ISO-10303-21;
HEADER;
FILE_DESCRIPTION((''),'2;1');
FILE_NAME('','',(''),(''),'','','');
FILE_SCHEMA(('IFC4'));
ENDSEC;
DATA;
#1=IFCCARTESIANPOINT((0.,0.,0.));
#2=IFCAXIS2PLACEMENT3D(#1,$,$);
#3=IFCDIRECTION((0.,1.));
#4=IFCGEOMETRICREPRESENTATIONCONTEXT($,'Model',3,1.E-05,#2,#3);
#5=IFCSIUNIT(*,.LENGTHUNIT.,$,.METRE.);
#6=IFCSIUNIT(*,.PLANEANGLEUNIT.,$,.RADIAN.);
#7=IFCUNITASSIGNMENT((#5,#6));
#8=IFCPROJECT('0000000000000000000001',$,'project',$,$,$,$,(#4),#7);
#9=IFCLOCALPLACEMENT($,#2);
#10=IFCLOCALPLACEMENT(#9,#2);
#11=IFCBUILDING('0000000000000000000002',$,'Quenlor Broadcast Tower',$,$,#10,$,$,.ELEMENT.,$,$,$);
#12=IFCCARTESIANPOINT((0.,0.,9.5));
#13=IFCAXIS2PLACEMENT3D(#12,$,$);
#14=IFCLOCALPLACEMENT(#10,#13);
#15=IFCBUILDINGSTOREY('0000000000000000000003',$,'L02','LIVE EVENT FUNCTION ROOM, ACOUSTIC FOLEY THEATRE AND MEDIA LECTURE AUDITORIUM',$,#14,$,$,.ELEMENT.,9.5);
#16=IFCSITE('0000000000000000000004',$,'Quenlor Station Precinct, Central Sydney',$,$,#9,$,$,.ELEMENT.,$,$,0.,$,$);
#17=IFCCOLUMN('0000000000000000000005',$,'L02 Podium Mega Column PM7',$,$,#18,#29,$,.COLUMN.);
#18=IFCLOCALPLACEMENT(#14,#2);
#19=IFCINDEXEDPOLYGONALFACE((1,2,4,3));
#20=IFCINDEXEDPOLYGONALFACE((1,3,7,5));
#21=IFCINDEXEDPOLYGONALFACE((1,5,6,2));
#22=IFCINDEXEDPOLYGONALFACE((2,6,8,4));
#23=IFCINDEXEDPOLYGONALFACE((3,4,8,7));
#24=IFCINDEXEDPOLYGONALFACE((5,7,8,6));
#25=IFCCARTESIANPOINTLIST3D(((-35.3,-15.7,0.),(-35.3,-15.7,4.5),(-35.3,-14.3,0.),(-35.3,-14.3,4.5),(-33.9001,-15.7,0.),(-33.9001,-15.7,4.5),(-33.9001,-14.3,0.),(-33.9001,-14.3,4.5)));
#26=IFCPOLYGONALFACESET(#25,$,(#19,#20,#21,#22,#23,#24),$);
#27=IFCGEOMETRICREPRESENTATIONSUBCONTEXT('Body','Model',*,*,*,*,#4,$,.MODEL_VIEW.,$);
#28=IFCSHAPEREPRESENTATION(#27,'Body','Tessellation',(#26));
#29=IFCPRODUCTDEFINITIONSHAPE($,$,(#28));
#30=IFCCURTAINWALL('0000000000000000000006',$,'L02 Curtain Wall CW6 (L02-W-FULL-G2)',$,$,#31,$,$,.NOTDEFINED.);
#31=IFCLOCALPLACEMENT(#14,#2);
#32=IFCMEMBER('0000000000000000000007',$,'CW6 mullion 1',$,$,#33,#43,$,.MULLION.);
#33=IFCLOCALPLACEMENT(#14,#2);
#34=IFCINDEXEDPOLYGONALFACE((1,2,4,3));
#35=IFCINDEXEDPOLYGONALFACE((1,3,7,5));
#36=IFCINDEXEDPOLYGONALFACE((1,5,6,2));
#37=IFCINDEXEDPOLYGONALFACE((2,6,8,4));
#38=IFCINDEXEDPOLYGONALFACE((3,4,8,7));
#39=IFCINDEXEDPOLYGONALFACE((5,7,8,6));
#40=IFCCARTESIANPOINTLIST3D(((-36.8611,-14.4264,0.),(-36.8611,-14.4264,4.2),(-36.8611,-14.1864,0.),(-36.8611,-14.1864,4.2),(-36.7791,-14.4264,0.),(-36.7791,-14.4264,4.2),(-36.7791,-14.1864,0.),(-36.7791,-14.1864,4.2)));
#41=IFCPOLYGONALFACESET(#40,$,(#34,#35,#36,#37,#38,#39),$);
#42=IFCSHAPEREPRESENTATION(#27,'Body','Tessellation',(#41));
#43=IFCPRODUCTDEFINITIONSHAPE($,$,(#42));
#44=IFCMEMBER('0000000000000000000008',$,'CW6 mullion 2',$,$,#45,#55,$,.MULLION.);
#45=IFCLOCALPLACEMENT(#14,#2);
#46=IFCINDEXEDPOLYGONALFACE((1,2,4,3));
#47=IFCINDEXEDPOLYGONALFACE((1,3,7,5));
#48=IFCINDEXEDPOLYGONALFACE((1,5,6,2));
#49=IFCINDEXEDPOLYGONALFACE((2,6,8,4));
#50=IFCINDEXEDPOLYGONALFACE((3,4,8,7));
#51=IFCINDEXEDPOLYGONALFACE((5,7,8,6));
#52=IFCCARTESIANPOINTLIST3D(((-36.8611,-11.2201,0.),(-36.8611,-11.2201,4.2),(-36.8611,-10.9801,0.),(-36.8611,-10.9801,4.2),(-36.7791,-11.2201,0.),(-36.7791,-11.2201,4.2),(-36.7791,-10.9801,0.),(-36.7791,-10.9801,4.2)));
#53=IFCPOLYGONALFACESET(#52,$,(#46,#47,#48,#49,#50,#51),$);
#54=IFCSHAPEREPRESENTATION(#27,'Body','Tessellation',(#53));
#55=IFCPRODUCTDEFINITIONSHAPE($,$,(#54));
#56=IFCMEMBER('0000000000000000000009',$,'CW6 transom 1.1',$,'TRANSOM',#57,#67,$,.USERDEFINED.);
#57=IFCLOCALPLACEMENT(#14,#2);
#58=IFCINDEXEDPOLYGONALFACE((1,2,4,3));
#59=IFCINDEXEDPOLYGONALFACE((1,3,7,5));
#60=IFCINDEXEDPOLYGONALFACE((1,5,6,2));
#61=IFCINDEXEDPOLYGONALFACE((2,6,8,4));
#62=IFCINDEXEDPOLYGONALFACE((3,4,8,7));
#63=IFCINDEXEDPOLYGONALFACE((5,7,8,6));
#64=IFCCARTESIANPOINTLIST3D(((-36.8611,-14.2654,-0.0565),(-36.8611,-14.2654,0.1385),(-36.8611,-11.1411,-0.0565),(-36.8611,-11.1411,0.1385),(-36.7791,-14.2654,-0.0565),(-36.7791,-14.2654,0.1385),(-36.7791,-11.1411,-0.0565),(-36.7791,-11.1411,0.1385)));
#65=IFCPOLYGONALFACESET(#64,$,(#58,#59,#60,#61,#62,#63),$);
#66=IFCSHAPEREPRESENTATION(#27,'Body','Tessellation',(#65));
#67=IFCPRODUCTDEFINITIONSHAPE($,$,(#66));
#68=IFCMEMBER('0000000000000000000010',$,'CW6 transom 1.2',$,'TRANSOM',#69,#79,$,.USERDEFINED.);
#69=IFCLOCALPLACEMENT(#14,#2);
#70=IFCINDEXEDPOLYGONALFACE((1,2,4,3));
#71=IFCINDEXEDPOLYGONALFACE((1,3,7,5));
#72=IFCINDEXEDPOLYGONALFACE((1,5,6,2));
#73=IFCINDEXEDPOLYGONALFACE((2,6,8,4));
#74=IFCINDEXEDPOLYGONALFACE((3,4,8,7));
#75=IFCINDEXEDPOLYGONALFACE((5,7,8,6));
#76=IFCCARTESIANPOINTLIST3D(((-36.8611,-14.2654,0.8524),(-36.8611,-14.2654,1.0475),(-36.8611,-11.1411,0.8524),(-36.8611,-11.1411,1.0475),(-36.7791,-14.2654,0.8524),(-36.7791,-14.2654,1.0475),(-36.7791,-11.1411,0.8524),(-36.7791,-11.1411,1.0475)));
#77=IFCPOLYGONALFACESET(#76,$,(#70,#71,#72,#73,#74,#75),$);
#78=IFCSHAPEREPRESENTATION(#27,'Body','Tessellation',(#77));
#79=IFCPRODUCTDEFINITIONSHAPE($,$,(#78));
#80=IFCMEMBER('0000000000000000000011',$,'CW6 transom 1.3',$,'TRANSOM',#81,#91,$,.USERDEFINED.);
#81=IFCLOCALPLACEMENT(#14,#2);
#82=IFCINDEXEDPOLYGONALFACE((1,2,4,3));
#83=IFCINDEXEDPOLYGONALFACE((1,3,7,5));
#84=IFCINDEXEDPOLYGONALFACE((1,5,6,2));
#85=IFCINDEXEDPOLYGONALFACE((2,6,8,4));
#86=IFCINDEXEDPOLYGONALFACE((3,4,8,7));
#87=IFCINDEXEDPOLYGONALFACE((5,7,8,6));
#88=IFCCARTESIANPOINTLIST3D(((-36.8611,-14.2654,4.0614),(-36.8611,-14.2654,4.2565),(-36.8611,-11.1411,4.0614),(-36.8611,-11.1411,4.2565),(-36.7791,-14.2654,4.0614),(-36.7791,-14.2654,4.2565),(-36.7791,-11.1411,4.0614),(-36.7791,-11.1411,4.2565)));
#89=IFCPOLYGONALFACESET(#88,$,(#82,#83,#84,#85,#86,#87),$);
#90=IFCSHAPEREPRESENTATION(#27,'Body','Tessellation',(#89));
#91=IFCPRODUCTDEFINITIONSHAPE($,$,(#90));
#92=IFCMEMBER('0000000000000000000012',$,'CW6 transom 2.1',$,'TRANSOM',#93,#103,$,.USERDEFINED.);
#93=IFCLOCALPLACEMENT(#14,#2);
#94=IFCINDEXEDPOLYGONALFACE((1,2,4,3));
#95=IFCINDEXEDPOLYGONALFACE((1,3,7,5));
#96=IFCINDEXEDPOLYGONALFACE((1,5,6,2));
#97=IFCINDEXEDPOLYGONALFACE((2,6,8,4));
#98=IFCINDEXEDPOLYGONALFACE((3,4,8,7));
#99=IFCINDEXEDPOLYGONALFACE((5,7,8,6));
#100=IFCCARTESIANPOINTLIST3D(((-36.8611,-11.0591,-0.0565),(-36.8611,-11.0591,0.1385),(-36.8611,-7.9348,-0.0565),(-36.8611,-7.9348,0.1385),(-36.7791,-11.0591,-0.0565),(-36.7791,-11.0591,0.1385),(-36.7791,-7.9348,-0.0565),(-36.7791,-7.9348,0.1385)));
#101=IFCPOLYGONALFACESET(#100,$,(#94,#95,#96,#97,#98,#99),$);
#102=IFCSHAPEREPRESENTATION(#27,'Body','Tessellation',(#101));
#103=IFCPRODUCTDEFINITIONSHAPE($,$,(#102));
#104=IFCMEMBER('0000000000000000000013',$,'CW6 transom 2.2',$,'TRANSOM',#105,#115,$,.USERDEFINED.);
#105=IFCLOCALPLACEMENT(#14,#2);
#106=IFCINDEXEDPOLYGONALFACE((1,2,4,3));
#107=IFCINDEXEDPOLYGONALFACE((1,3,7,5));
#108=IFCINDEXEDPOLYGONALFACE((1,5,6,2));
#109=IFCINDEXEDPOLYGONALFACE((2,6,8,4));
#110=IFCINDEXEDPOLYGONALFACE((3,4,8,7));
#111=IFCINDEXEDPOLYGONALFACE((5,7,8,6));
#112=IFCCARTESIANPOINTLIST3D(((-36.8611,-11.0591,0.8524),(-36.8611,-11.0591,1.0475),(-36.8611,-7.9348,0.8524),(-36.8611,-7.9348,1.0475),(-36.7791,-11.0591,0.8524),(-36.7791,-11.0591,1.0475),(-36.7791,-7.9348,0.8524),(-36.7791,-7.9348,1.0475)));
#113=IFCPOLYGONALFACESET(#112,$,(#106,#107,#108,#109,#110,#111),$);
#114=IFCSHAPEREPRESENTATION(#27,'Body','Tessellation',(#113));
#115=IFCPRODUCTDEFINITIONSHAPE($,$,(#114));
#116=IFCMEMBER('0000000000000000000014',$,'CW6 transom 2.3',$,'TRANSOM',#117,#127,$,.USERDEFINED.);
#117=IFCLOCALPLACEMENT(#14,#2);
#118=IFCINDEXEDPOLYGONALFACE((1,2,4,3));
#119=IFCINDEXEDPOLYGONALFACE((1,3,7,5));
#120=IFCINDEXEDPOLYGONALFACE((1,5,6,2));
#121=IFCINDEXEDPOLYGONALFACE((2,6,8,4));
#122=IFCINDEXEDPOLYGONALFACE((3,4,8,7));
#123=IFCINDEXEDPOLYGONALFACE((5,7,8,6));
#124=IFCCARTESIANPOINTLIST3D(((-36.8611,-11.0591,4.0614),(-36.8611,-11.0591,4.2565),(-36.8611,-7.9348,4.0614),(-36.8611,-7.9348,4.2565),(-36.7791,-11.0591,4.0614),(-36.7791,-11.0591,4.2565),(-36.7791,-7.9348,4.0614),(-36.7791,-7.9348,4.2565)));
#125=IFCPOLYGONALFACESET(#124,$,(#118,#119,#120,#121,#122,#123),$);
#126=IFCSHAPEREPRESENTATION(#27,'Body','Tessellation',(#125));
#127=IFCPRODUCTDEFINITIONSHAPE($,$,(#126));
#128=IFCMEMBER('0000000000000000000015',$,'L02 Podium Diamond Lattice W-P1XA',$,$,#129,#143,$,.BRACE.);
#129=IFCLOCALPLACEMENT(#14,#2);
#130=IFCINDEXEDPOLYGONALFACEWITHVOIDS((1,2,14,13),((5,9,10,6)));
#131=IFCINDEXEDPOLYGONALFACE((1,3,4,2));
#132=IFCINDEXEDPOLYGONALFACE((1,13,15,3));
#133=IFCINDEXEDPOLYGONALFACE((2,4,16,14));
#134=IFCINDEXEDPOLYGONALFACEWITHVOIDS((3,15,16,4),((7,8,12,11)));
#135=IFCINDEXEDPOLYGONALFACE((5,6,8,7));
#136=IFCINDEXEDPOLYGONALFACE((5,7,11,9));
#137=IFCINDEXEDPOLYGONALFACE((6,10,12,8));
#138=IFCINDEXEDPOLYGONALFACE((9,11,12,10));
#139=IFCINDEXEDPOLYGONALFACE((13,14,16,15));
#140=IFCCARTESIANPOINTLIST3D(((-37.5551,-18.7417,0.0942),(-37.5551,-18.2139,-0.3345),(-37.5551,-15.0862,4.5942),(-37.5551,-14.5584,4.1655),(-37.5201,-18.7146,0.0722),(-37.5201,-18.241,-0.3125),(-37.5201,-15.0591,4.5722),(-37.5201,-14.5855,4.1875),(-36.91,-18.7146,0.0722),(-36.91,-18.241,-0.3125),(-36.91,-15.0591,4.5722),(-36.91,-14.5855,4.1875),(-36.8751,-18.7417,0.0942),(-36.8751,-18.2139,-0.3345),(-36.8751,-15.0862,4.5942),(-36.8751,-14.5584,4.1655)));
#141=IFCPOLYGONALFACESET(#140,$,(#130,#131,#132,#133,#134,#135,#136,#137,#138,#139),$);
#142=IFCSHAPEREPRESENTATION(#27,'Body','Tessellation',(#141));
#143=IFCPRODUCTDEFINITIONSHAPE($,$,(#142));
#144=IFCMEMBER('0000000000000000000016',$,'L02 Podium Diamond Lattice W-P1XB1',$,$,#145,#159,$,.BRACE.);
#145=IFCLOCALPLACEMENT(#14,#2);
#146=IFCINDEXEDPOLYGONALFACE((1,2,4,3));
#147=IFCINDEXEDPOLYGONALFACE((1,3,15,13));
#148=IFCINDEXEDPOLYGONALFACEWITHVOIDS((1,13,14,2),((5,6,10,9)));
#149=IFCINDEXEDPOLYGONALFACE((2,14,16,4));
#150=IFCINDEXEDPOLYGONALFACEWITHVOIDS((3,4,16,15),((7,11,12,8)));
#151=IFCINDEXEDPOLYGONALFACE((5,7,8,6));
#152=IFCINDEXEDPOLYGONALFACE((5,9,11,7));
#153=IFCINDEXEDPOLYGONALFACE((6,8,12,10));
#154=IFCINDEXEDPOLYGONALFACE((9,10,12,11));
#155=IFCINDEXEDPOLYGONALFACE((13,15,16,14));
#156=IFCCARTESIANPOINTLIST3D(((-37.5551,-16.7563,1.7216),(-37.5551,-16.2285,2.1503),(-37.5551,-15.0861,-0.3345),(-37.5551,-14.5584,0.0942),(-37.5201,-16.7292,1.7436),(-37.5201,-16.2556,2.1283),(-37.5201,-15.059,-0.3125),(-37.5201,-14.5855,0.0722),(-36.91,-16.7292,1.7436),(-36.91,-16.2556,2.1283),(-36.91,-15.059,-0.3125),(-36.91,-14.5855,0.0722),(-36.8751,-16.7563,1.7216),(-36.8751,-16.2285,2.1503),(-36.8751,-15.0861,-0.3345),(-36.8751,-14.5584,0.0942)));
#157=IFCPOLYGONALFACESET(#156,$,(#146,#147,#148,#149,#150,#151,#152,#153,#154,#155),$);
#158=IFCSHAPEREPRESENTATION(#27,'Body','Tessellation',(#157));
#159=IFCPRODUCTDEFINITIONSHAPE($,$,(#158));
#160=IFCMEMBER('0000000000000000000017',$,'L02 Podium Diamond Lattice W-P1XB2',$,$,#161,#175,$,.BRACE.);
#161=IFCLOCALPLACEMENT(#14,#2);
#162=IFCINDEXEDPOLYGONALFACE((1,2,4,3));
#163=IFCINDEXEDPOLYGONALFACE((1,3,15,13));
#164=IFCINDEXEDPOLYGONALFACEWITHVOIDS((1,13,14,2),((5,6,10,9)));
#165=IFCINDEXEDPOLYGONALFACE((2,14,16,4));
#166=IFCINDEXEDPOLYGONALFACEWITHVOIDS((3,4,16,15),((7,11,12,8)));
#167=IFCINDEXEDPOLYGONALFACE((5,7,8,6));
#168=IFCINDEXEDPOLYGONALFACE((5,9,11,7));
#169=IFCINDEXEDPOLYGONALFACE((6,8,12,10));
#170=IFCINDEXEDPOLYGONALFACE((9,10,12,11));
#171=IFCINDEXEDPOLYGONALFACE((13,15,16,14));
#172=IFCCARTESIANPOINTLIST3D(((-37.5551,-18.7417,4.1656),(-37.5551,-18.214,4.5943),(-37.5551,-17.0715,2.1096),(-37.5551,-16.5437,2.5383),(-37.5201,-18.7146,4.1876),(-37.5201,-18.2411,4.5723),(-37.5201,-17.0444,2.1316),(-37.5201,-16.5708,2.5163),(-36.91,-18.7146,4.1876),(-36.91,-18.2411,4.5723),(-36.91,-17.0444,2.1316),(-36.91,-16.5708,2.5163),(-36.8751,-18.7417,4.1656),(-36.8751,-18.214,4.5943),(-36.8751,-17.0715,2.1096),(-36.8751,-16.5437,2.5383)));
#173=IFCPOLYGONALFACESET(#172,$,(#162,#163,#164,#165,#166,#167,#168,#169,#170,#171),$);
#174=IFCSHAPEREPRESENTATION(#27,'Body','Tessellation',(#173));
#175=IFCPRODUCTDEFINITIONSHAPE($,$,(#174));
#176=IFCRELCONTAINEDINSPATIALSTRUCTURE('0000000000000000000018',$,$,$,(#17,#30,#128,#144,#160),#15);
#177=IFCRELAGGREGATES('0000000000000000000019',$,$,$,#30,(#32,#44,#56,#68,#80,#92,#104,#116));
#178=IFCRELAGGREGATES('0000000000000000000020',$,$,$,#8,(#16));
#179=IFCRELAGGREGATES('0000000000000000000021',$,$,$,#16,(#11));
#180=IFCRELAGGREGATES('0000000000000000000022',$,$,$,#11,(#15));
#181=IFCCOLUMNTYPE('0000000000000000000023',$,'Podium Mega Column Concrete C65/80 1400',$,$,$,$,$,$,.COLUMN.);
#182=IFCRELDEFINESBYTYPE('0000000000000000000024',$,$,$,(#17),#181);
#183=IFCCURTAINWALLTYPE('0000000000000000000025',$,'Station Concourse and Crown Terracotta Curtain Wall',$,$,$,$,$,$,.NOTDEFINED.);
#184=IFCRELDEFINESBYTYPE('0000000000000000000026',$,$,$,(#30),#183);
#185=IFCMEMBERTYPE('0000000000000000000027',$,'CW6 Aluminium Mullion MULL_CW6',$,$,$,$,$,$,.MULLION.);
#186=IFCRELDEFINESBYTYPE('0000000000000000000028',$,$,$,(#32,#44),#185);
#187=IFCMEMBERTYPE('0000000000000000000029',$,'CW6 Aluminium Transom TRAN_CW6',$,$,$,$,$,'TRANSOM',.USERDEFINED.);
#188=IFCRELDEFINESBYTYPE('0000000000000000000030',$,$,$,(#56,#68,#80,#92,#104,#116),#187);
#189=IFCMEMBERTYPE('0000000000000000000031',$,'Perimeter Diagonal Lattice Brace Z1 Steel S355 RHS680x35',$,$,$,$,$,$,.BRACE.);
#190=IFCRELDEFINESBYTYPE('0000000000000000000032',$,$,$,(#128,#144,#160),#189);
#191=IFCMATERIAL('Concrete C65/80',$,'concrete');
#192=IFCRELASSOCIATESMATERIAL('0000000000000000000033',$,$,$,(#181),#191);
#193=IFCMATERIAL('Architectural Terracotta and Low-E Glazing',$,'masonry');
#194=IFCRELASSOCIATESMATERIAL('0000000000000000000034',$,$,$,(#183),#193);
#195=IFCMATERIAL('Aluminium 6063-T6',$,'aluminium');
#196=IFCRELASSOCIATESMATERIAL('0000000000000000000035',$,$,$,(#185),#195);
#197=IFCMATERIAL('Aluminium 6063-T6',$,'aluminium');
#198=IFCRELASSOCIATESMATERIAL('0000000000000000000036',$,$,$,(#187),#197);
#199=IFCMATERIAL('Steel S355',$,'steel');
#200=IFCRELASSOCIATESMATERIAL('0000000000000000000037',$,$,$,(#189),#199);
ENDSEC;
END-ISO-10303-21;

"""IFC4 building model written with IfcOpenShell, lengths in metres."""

from ifc_helpers import new_model, si_unit, direction, frame, origin, origin_2d, place, context, subcontext, project, spatial, rectangle, hollow_rectangle, extrude, material, material_profile, profile_set, type_object, element, aggregate, save


model = new_model("IFC4")

# Units and contexts
model_context = context("Model", 3, precision=1e-05, world=origin(), true_north=direction((0.0, 1.0)))
body_context = subcontext(model_context, "Body", "Model", "MODEL_VIEW")
ifc_project = project(units=[si_unit("LENGTHUNIT", "METRE"), si_unit("PLANEANGLEUNIT", "RADIAN")], contexts=[model_context])

# Site, building, storey
site_placement = place(None, origin())
site = spatial("IfcSite", under=ifc_project, at=site_placement, Name="Quenlor Station Precinct, Central Sydney", CompositionType="ELEMENT", RefElevation=0.0)
building_placement = place(site_placement, origin())
building = spatial("IfcBuilding", under=site, at=building_placement, Name="Quenlor Broadcast Tower", CompositionType="ELEMENT")
storey_placement = place(building_placement, frame((0.0, 0.0, 9.5)))
storey = spatial("IfcBuildingStorey", under=building, at=storey_placement, Name="L02", Description="LIVE EVENT FUNCTION ROOM, ACOUSTIC FOLEY THEATRE AND MEDIA LECTURE AUDITORIUM", CompositionType="ELEMENT", Elevation=9.5)

# Column
ifc_material_1 = material(Name="Concrete C65/80", Category="concrete")
ifc_material_profile_1 = material_profile(ifc_material_1, rectangle(XDim=1.3999, YDim=1.3999, at=origin_2d()))
ifc_profile_set_1 = profile_set([ifc_material_profile_1], Name="Concrete C65/80 RC1400x1400")
column_type = type_object("IfcColumnType", Name="Podium Mega Column Concrete C65/80 1400", PredefinedType="COLUMN", material=ifc_profile_set_1)
column_placement = place(storey_placement, frame((-34.6001, -15.0, 0.0), z_axis=(0.0, 0.0, 1.0), x_axis=(1.0, 0.0, 0.0)))
element("IfcColumn", 1, at=column_placement, inside=storey, type_object=column_type, Name="L02 Podium Mega Column PM7", PredefinedType="COLUMN", context=body_context, shape_type="SweptSolid", body=[
    extrude(rectangle(XDim=1.3999, YDim=1.3999, at=origin_2d()), origin(), (0.0, 0.0, 1.0), 4.5),
])

# Curtain wall, members
ifc_material_2 = material(Name="Architectural Terracotta and Low-E Glazing", Category="masonry")
curtain_wall_type = type_object("IfcCurtainWallType", Name="Station Concourse and Crown Terracotta Curtain Wall", PredefinedType="NOTDEFINED", material=ifc_material_2)
curtain_wall_placement = place(storey_placement, origin())
curtain_wall = element("IfcCurtainWall", 2, at=curtain_wall_placement, inside=storey, type_object=curtain_wall_type, Name="L02 Curtain Wall CW6 (L02-W-FULL-G2)", PredefinedType="NOTDEFINED")
ifc_material_3 = material(Name="Aluminium 6063-T6", Category="aluminium")
ifc_material_profile_2 = material_profile(ifc_material_3, rectangle(XDim=0.082, YDim=0.24, at=origin_2d()))
ifc_profile_set_2 = profile_set([ifc_material_profile_2], Name="Aluminium 6063-T6 MULL82x240")
member_type_1 = type_object("IfcMemberType", Name="CW6 Aluminium Mullion MULL_CW6", PredefinedType="MULLION", material=ifc_profile_set_2)
member_1_placement = place(storey_placement, frame((-36.8201, -14.3064, 0.0), z_axis=(0.0, 0.0, 1.0), x_axis=(-1.0, 0.0, 0.0)))
member_1 = element("IfcMember", 3, at=member_1_placement, type_object=member_type_1, Name="CW6 mullion 1", PredefinedType="MULLION", context=body_context, shape_type="SweptSolid", body=[
    extrude(rectangle(XDim=0.082, YDim=0.24, at=origin_2d()), origin(), (0.0, 0.0, 1.0), 4.2),
])
member_2_placement = place(storey_placement, frame((-36.8201, -11.1001, 0.0), z_axis=(0.0, 0.0, 1.0), x_axis=(-1.0, 0.0, 0.0)))
member_2 = element("IfcMember", 4, at=member_2_placement, type_object=member_type_1, Name="CW6 mullion 2", PredefinedType="MULLION", context=body_context, shape_type="SweptSolid", body=[
    extrude(rectangle(XDim=0.082, YDim=0.24, at=origin_2d()), origin(), (0.0, 0.0, 1.0), 4.2),
])
ifc_material_4 = material(Name="Aluminium 6063-T6", Category="aluminium")
ifc_material_profile_3 = material_profile(ifc_material_4, rectangle(XDim=0.082, YDim=0.1951, at=origin_2d()))
ifc_profile_set_3 = profile_set([ifc_material_profile_3], Name="Aluminium 6063-T6 TRAN82x195")
member_type_2 = type_object("IfcMemberType", Name="CW6 Aluminium Transom TRAN_CW6", ElementType="TRANSOM", PredefinedType="USERDEFINED", material=ifc_profile_set_3)
member_3_placement = place(storey_placement, frame((-36.8201, -14.2654, 0.041), z_axis=(0.0, 1.0, 0.0), x_axis=(-1.0, 0.0, 0.0)))
member_3 = element("IfcMember", 5, at=member_3_placement, type_object=member_type_2, Name="CW6 transom 1.1", ObjectType="TRANSOM", PredefinedType="USERDEFINED", context=body_context, shape_type="SweptSolid", body=[
    extrude(rectangle(XDim=0.082, YDim=0.1951, at=origin_2d()), origin(), (0.0, 0.0, 1.0), 3.1243),
])
member_4_placement = place(storey_placement, frame((-36.8201, -14.2654, 0.95), z_axis=(0.0, 1.0, 0.0), x_axis=(-1.0, 0.0, 0.0)))
member_4 = element("IfcMember", 6, at=member_4_placement, type_object=member_type_2, Name="CW6 transom 1.2", ObjectType="TRANSOM", PredefinedType="USERDEFINED", context=body_context, shape_type="SweptSolid", body=[
    extrude(rectangle(XDim=0.082, YDim=0.1951, at=origin_2d()), origin(), (0.0, 0.0, 1.0), 3.1243),
])
member_5_placement = place(storey_placement, frame((-36.8201, -14.2654, 4.1589), z_axis=(0.0, 1.0, 0.0), x_axis=(-1.0, 0.0, 0.0)))
member_5 = element("IfcMember", 7, at=member_5_placement, type_object=member_type_2, Name="CW6 transom 1.3", ObjectType="TRANSOM", PredefinedType="USERDEFINED", context=body_context, shape_type="SweptSolid", body=[
    extrude(rectangle(XDim=0.082, YDim=0.1951, at=origin_2d()), origin(), (0.0, 0.0, 1.0), 3.1243),
])
member_6_placement = place(storey_placement, frame((-36.8201, -11.0591, 0.041), z_axis=(0.0, 1.0, 0.0), x_axis=(-1.0, 0.0, 0.0)))
member_6 = element("IfcMember", 8, at=member_6_placement, type_object=member_type_2, Name="CW6 transom 2.1", ObjectType="TRANSOM", PredefinedType="USERDEFINED", context=body_context, shape_type="SweptSolid", body=[
    extrude(rectangle(XDim=0.082, YDim=0.1951, at=origin_2d()), origin(), (0.0, 0.0, 1.0), 3.1243),
])
member_7_placement = place(storey_placement, frame((-36.8201, -11.0591, 0.95), z_axis=(0.0, 1.0, 0.0), x_axis=(-1.0, 0.0, 0.0)))
member_7 = element("IfcMember", 9, at=member_7_placement, type_object=member_type_2, Name="CW6 transom 2.2", ObjectType="TRANSOM", PredefinedType="USERDEFINED", context=body_context, shape_type="SweptSolid", body=[
    extrude(rectangle(XDim=0.082, YDim=0.1951, at=origin_2d()), origin(), (0.0, 0.0, 1.0), 3.1243),
])
member_8_placement = place(storey_placement, frame((-36.8201, -11.0591, 4.1589), z_axis=(0.0, 1.0, 0.0), x_axis=(-1.0, 0.0, 0.0)))
member_8 = element("IfcMember", 10, at=member_8_placement, type_object=member_type_2, Name="CW6 transom 2.3", ObjectType="TRANSOM", PredefinedType="USERDEFINED", context=body_context, shape_type="SweptSolid", body=[
    extrude(rectangle(XDim=0.082, YDim=0.1951, at=origin_2d()), origin(), (0.0, 0.0, 1.0), 3.1243),
])

# Members
ifc_material_5 = material(Name="Steel S355", Category="steel")
ifc_material_profile_4 = material_profile(ifc_material_5, hollow_rectangle(XDim=0.6799, YDim=0.6799, WallThickness=0.0349, at=origin_2d()))
ifc_profile_set_4 = profile_set([ifc_material_profile_4], Name="Steel S355 RHS680x680x35")
member_type_3 = type_object("IfcMemberType", Name="Perimeter Diagonal Lattice Brace Z1 Steel S355 RHS680x35", PredefinedType="BRACE", material=ifc_profile_set_4)
member_9_placement = place(storey_placement, frame((-37.2151, -18.4778, -0.1201), z_axis=(0.0, 0.630517, 0.776176), x_axis=(-1.0, 0.0, 0.0)))
element("IfcMember", 11, at=member_9_placement, inside=storey, type_object=member_type_3, Name="L02 Podium Diamond Lattice W-P1XA", PredefinedType="BRACE", context=body_context, shape_type="SweptSolid", body=[
    extrude(hollow_rectangle(XDim=0.6799, YDim=0.6799, WallThickness=0.0349, at=origin_2d()), origin(), (0.0, 0.0, 1.0), 5.7976),
])
for number, where, z_axis, x_axis, name in (
    (12, (-37.2151, -14.8223, -0.1201), (0.0, -0.630489, 0.776199), (1.0, 0.0, 0.0), "L02 Podium Diamond Lattice W-P1XB1"),
    (13, (-37.2151, -16.8076, 2.324), (0.0, -0.630534, 0.776162), (1.0, 0.0, 0.0), "L02 Podium Diamond Lattice W-P1XB2"),
):
    element("IfcMember", number, at=place(storey_placement, frame(where, z_axis=z_axis, x_axis=x_axis)), inside=storey, type_object=member_type_3, Name=name, PredefinedType="BRACE", context=body_context, shape_type="SweptSolid", body=[
        extrude(hollow_rectangle(XDim=0.6799, YDim=0.6799, WallThickness=0.0349, at=origin_2d()), origin(), (0.0, 0.0, 1.0), 2.6489),
    ])

aggregate(curtain_wall, [member_1, member_2, member_3, member_4, member_5, member_6, member_7, member_8])

save(model, "model.ifc")
